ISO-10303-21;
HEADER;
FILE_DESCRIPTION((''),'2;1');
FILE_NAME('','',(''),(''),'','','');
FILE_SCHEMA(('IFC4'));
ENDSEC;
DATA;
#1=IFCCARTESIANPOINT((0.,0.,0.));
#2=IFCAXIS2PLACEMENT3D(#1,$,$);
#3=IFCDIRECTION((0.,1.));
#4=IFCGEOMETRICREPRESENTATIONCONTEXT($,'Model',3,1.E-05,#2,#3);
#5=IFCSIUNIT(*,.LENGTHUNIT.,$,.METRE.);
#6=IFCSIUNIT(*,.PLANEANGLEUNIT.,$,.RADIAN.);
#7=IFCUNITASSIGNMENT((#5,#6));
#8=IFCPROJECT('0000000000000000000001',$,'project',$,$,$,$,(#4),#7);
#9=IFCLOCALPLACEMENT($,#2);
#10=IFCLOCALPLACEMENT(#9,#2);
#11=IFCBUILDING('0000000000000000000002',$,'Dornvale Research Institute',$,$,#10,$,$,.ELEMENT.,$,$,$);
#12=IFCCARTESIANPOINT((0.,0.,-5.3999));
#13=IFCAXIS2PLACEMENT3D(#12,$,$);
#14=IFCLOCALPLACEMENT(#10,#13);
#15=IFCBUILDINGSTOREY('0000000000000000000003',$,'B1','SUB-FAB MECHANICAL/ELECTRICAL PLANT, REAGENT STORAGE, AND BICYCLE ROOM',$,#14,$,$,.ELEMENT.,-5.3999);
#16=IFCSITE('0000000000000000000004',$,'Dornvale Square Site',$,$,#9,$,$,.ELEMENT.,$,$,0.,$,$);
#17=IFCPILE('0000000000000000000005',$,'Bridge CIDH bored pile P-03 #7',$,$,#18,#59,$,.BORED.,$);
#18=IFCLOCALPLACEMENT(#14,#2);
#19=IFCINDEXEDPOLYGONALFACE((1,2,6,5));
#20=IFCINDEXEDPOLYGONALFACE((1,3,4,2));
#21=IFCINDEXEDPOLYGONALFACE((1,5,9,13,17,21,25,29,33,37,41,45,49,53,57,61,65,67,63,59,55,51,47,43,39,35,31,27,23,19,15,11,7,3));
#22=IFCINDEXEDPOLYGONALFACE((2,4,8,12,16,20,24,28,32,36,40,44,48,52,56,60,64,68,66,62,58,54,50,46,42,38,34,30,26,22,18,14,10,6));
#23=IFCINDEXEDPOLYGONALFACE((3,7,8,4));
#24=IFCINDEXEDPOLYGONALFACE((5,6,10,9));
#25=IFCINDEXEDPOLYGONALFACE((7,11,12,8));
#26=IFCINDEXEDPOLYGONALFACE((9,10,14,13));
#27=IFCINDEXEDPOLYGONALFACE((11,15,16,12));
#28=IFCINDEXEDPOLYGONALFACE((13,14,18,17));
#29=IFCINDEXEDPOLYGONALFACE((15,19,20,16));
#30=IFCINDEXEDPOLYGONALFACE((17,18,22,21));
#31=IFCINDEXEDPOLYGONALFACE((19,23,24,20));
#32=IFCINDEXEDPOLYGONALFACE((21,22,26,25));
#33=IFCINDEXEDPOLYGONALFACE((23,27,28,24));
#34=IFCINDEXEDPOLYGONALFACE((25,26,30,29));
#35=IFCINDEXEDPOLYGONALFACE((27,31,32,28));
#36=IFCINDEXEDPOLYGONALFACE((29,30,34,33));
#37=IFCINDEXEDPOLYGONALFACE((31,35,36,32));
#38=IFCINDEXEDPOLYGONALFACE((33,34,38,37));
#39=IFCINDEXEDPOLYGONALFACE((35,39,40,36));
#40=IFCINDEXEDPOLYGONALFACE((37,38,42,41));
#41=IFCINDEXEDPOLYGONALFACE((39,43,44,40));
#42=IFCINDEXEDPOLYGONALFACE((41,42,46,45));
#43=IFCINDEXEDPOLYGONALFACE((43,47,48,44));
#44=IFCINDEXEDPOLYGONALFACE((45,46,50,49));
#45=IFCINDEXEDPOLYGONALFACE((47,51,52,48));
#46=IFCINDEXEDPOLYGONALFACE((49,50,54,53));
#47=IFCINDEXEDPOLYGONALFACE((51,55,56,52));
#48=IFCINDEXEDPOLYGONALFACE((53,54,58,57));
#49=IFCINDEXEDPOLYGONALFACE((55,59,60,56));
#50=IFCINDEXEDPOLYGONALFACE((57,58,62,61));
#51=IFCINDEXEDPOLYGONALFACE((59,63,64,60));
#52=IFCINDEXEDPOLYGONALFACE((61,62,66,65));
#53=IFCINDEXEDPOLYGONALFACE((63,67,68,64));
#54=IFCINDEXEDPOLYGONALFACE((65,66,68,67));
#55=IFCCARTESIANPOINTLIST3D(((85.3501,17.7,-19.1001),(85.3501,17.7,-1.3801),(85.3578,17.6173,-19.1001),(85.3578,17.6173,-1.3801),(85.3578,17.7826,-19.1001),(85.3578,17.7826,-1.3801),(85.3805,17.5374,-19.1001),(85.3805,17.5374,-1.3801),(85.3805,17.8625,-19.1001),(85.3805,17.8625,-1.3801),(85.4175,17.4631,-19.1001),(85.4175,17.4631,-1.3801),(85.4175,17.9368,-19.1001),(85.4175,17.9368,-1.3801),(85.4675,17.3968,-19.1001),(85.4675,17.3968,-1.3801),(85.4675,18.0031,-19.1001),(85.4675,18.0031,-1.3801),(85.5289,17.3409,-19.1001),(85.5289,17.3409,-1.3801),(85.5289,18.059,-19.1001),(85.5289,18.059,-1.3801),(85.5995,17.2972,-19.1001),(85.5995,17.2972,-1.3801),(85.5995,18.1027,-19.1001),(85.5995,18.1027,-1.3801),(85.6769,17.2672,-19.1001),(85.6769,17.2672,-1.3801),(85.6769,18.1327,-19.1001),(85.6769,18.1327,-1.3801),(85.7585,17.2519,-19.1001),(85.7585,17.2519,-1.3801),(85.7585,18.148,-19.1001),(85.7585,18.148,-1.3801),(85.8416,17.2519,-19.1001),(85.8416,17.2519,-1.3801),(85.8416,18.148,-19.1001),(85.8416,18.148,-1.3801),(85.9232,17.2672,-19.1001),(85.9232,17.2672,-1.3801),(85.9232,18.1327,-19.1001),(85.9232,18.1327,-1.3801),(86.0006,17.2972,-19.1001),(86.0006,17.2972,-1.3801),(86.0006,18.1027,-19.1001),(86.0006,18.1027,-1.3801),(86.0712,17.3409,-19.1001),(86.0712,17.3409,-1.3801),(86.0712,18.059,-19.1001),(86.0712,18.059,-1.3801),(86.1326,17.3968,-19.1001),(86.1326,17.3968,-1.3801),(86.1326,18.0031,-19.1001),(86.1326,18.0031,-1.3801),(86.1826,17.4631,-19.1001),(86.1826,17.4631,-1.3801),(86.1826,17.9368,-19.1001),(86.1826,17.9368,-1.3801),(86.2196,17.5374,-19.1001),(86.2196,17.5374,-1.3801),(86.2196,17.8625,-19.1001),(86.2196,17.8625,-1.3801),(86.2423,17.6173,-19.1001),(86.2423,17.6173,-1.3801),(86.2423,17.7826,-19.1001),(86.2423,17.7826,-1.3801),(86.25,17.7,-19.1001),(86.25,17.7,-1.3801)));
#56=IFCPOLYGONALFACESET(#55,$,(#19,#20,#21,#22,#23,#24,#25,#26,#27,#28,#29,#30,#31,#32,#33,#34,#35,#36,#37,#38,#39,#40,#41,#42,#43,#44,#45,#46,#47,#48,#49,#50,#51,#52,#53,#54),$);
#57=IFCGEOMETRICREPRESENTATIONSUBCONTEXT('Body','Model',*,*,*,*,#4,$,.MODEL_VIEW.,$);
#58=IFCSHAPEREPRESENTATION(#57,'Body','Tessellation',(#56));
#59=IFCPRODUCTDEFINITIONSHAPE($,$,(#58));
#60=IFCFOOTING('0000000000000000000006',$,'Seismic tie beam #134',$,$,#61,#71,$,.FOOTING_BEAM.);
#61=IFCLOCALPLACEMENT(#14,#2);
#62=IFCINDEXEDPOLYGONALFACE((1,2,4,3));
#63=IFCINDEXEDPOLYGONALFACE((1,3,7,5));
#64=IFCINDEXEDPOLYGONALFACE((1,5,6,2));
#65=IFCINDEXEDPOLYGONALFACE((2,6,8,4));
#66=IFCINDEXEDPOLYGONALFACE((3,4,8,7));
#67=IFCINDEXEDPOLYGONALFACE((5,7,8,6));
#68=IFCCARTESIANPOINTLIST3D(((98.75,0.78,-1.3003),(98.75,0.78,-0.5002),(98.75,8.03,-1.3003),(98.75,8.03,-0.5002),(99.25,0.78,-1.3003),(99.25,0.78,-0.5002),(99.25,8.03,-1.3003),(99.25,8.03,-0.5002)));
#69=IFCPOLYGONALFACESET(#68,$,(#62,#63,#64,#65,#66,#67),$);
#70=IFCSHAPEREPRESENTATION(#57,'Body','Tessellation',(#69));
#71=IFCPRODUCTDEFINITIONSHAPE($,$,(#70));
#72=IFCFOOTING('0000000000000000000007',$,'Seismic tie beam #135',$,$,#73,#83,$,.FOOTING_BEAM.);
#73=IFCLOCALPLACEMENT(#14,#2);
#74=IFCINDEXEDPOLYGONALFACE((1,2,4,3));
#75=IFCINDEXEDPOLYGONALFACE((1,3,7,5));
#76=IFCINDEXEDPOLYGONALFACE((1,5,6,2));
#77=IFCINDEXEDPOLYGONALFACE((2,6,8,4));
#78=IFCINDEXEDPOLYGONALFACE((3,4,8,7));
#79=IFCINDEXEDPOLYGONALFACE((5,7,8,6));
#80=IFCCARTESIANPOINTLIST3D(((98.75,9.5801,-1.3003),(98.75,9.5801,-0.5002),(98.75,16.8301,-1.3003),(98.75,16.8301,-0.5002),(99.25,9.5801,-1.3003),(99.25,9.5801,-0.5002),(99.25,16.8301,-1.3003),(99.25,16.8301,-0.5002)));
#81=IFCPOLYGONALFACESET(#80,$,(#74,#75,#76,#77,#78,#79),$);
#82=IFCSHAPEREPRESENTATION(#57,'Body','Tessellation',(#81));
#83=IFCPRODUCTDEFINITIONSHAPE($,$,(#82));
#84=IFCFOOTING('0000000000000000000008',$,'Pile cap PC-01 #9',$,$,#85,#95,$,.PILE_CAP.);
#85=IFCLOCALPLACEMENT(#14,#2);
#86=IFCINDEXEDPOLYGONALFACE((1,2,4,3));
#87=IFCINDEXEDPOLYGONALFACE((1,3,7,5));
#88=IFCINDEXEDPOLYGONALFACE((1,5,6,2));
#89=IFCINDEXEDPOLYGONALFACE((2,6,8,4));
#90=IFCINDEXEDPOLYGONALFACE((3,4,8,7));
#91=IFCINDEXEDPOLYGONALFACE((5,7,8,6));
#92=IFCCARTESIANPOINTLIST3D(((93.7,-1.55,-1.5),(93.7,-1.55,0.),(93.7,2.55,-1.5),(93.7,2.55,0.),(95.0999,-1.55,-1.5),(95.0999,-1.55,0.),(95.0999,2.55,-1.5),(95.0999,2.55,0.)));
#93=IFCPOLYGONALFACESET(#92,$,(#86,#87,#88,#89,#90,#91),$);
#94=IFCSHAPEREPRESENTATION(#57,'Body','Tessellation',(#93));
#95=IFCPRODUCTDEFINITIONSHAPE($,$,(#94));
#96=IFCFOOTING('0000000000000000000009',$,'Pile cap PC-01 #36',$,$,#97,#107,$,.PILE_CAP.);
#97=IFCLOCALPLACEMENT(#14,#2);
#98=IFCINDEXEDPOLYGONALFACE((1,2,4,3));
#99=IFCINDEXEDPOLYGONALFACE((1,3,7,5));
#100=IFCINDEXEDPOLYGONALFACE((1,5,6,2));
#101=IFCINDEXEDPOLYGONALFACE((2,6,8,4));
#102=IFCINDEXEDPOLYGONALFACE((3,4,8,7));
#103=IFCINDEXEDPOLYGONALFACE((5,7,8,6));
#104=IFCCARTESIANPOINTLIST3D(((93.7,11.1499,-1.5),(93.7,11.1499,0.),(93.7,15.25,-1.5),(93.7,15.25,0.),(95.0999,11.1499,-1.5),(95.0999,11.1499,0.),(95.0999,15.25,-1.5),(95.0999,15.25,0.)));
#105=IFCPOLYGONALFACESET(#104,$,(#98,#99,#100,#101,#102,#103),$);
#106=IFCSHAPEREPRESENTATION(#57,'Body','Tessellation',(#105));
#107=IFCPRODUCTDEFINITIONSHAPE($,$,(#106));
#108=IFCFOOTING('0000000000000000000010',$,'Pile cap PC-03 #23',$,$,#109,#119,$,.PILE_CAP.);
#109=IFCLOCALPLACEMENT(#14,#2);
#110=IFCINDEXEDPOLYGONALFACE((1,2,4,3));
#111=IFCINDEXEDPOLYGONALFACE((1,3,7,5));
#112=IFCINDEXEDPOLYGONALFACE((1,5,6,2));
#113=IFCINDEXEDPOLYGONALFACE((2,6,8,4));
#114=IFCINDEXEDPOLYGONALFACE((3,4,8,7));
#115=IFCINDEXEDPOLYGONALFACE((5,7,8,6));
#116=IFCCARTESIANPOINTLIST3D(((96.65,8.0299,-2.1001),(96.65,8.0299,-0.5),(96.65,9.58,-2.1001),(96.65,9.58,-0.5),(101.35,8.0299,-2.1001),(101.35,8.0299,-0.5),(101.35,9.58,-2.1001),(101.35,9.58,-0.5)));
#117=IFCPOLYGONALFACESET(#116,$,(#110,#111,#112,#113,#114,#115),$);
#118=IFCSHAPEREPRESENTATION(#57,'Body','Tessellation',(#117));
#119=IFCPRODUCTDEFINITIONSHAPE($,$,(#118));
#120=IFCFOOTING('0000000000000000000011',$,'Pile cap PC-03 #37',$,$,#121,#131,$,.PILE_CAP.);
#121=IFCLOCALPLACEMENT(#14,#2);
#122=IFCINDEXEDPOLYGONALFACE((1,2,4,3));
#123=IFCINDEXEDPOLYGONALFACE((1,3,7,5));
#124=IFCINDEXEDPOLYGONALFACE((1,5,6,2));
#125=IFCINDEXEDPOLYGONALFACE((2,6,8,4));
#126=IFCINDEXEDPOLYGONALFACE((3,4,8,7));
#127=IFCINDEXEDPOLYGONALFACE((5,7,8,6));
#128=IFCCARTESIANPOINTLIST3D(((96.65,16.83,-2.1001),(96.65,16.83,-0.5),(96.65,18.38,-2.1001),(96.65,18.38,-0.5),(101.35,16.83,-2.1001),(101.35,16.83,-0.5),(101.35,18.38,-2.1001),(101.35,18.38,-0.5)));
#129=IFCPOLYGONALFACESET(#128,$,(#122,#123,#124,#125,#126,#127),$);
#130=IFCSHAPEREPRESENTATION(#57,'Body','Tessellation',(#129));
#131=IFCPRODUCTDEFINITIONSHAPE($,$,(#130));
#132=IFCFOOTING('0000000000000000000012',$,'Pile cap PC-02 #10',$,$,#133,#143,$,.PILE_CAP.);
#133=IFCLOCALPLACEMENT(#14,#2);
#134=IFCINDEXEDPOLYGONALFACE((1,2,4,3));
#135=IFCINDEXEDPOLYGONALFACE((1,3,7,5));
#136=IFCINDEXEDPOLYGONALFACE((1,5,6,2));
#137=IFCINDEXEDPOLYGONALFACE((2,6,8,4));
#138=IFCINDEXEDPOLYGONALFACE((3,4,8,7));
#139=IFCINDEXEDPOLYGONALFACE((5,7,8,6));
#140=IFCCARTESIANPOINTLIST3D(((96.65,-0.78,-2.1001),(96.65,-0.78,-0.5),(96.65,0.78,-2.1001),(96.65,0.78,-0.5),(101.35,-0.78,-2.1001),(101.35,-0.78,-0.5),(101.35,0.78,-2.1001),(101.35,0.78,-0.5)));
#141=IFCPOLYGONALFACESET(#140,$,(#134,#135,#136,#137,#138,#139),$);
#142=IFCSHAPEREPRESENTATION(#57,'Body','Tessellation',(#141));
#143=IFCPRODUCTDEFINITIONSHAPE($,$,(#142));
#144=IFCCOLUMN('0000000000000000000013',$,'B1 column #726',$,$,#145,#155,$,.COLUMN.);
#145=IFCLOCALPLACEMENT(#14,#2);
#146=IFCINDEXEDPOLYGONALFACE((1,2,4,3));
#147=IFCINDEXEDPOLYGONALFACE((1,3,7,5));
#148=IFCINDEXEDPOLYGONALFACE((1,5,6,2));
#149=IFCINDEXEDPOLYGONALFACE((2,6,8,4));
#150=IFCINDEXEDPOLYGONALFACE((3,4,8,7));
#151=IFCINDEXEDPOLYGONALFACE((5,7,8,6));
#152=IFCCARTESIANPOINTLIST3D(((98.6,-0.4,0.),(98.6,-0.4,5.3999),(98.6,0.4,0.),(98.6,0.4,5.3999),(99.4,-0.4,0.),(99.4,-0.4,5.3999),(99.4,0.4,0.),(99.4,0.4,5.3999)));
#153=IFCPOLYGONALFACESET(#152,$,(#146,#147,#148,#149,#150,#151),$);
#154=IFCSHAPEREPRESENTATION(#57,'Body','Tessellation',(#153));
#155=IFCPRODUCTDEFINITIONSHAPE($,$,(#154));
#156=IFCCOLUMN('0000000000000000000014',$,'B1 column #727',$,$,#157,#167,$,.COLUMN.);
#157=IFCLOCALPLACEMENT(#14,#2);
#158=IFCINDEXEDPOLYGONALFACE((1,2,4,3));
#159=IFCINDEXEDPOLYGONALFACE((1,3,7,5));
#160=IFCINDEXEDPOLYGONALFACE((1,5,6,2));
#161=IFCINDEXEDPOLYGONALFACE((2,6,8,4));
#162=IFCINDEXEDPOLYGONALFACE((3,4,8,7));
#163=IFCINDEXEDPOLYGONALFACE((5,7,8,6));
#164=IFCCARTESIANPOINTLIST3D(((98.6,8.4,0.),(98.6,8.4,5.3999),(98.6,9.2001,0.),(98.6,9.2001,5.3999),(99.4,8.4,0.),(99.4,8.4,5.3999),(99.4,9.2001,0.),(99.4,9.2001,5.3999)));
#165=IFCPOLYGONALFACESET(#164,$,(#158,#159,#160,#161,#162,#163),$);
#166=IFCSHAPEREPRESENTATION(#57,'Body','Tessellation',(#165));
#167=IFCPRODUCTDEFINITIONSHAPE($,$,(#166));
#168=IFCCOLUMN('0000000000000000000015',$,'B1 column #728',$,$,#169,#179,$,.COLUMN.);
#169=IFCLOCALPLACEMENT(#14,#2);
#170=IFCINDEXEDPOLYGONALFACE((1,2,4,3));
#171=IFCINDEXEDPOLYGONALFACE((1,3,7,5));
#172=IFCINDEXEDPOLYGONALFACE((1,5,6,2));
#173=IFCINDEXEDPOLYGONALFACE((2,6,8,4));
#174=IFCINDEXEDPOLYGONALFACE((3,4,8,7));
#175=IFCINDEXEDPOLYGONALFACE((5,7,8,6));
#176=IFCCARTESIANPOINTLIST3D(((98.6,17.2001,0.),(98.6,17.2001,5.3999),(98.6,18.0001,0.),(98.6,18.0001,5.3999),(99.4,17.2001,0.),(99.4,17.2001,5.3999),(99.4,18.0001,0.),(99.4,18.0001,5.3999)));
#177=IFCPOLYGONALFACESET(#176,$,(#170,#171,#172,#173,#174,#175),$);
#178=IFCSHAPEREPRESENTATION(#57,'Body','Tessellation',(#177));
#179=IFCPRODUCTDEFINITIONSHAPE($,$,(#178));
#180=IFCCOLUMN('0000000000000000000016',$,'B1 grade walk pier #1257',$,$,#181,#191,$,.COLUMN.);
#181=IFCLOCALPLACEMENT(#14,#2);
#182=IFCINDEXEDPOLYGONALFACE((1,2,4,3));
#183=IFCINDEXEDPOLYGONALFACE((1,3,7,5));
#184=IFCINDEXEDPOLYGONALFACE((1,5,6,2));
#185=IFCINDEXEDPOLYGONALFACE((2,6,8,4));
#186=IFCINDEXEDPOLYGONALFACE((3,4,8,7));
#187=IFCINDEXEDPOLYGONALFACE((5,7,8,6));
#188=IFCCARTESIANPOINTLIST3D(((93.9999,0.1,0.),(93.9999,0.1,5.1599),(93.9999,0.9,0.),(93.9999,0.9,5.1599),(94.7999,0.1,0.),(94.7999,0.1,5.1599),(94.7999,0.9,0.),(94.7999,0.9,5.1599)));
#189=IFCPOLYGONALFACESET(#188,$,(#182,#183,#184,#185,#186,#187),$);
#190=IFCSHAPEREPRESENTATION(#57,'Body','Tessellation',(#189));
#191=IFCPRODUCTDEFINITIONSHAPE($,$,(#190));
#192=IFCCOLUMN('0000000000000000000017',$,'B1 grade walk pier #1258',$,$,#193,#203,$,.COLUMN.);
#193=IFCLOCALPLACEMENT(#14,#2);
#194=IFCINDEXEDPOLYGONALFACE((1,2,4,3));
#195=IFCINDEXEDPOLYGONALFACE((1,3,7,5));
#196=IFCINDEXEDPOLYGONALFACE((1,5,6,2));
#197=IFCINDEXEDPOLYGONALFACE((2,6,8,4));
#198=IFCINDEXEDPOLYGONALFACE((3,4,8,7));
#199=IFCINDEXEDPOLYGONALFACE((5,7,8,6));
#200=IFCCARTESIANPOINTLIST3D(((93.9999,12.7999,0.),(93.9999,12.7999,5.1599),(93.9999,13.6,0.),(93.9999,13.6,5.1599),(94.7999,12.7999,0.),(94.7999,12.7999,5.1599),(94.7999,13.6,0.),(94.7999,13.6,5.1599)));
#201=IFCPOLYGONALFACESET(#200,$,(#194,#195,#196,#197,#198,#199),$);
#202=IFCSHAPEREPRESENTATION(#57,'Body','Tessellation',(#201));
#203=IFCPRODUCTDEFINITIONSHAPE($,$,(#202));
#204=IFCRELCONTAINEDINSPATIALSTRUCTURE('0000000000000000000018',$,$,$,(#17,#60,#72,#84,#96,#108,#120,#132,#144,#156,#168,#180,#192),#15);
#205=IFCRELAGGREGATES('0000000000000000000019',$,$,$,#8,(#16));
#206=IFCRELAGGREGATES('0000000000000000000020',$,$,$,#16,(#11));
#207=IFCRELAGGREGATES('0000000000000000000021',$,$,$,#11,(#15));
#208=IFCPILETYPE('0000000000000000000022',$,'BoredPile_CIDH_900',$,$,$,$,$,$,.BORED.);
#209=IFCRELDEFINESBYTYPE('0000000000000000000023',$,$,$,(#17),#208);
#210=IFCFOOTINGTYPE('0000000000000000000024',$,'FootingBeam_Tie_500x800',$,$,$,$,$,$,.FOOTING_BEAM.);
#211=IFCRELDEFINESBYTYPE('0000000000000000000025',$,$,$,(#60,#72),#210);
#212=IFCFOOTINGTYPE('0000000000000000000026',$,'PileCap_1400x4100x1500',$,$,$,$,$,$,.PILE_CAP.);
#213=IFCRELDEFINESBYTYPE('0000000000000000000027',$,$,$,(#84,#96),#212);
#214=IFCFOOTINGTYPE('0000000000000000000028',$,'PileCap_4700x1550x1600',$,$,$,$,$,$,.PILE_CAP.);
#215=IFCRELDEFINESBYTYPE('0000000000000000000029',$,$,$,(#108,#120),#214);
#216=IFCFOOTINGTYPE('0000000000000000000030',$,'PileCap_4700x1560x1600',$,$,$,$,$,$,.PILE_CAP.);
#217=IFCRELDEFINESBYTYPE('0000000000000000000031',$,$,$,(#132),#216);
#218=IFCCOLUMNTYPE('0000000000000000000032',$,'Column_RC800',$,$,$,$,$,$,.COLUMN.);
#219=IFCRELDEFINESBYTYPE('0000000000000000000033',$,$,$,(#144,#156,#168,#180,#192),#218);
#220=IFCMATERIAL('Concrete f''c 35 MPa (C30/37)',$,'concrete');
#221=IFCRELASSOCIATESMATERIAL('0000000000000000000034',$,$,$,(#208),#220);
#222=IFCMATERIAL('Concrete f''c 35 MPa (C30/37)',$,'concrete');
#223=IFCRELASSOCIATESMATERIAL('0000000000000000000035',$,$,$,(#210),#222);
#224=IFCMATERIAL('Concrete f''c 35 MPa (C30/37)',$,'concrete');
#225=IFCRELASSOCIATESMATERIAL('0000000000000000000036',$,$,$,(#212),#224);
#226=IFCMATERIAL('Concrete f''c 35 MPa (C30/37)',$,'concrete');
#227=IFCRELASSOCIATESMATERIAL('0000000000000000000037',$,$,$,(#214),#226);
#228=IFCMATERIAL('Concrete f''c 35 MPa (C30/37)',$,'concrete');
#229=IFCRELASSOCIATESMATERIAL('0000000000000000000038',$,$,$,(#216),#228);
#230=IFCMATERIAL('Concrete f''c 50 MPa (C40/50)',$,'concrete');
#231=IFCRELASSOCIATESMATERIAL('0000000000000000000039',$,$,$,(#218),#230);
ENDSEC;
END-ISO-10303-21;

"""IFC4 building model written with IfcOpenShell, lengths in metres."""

from ifc_helpers import new_model, si_unit, direction, frame, origin, origin_2d, place, context, subcontext, project, spatial, rectangle, circle, extrude, material, material_profile, profile_set, type_object, element, save


model = new_model("IFC4")

# Units and contexts
model_context = context("Model", 3, precision=1e-05, world=origin(), true_north=direction((0.0, 1.0)))
body_context = subcontext(model_context, "Body", "Model", "MODEL_VIEW")
ifc_project = project(units=[si_unit("LENGTHUNIT", "METRE"), si_unit("PLANEANGLEUNIT", "RADIAN")], contexts=[model_context])

# Site, building, storey
site_placement = place(None, origin())
site = spatial("IfcSite", under=ifc_project, at=site_placement, Name="Dornvale Square Site", CompositionType="ELEMENT", RefElevation=0.0)
building_placement = place(site_placement, origin())
building = spatial("IfcBuilding", under=site, at=building_placement, Name="Dornvale Research Institute", CompositionType="ELEMENT")
storey_placement = place(building_placement, frame((0.0, 0.0, -5.3999)))
storey = spatial("IfcBuildingStorey", under=building, at=storey_placement, Name="B1", Description="SUB-FAB MECHANICAL/ELECTRICAL PLANT, REAGENT STORAGE, AND BICYCLE ROOM", CompositionType="ELEMENT", Elevation=-5.3999)

# Pile
ifc_material_1 = material(Name="Concrete f'c 35 MPa (C30/37)", Category="concrete")
ifc_material_profile_1 = material_profile(ifc_material_1, circle(Radius=0.45, at=origin_2d()), Name="CIDH PILE D900")
ifc_profile_set_1 = profile_set([ifc_material_profile_1], Name="Concrete f'c 35 MPa (C30/37)")
pile_type_1 = type_object("IfcPileType", Name="BoredPile_CIDH_900", PredefinedType="BORED", material=ifc_profile_set_1)
for number, where, z_axis, x_axis, name in (
    (1, (85.8, 17.7, -1.3801), (0.0, 0.0, -1.0), (1.0, 0.0, 0.0), "Bridge CIDH bored pile P-03 #7"),
):
    element("IfcPile", number, at=place(storey_placement, frame(where, z_axis=z_axis, x_axis=x_axis)), inside=storey, type_object=pile_type_1, Name=name, PredefinedType="BORED", context=body_context, shape_type="SweptSolid", body=[
        extrude(circle(Radius=0.45, at=origin_2d()), origin(), (0.0, 0.0, 1.0), 17.72),
    ])

# Footings
ifc_material_2 = material(Name="Concrete f'c 35 MPa (C30/37)", Category="concrete")
footing_type_1 = type_object("IfcFootingType", Name="FootingBeam_Tie_500x800", PredefinedType="FOOTING_BEAM", material=ifc_material_2)
for number, where, z_axis, x_axis, name in (
    (2, (99.0, 4.405, -1.3003), (0.0, 0.0, 1.0), (0.0, 1.0, 0.0), "Seismic tie beam #134"),
    (3, (99.0, 13.2051, -1.3003), (0.0, 0.0, 1.0), (0.0, 1.0, 0.0), "Seismic tie beam #135"),
):
    element("IfcFooting", number, at=place(storey_placement, frame(where, z_axis=z_axis, x_axis=x_axis)), inside=storey, type_object=footing_type_1, Name=name, PredefinedType="FOOTING_BEAM", context=body_context, shape_type="SweptSolid", body=[
        extrude(rectangle(XDim=7.25, YDim=0.5, at=origin_2d()), origin(), (0.0, 0.0, 1.0), 0.8),
    ])
ifc_material_3 = material(Name="Concrete f'c 35 MPa (C30/37)", Category="concrete")
footing_type_2 = type_object("IfcFootingType", Name="PileCap_1400x4100x1500", PredefinedType="PILE_CAP", material=ifc_material_3)
for number, where, z_axis, x_axis, name in (
    (4, (94.3999, 0.5, -1.5), (0.0, 0.0, 1.0), (1.0, 0.0, 0.0), "Pile cap PC-01 #9"),
    (5, (94.3999, 13.2, -1.5), (0.0, 0.0, 1.0), (1.0, 0.0, 0.0), "Pile cap PC-01 #36"),
):
    element("IfcFooting", number, at=place(storey_placement, frame(where, z_axis=z_axis, x_axis=x_axis)), inside=storey, type_object=footing_type_2, Name=name, PredefinedType="PILE_CAP", context=body_context, shape_type="SweptSolid", body=[
        extrude(rectangle(XDim=1.3999, YDim=4.1001, at=origin_2d()), origin(), (0.0, 0.0, 1.0), 1.5),
    ])
ifc_material_4 = material(Name="Concrete f'c 35 MPa (C30/37)", Category="concrete")
footing_type_3 = type_object("IfcFootingType", Name="PileCap_4700x1550x1600", PredefinedType="PILE_CAP", material=ifc_material_4)
for number, where, z_axis, x_axis, name in (
    (6, (99.0, 8.8049, -2.1001), (0.0, 0.0, 1.0), (1.0, 0.0, 0.0), "Pile cap PC-03 #23"),
    (7, (99.0, 17.605, -2.1001), (0.0, 0.0, 1.0), (1.0, 0.0, 0.0), "Pile cap PC-03 #37"),
):
    element("IfcFooting", number, at=place(storey_placement, frame(where, z_axis=z_axis, x_axis=x_axis)), inside=storey, type_object=footing_type_3, Name=name, PredefinedType="PILE_CAP", context=body_context, shape_type="SweptSolid", body=[
        extrude(rectangle(XDim=4.7, YDim=1.55, at=origin_2d()), origin(), (0.0, 0.0, 1.0), 1.6001),
    ])
ifc_material_5 = material(Name="Concrete f'c 35 MPa (C30/37)", Category="concrete")
footing_type_4 = type_object("IfcFootingType", Name="PileCap_4700x1560x1600", PredefinedType="PILE_CAP", material=ifc_material_5)
footing_placement = place(storey_placement, frame((99.0, 0.0, -2.1001), z_axis=(0.0, 0.0, 1.0), x_axis=(1.0, 0.0, 0.0)))
element("IfcFooting", 8, at=footing_placement, inside=storey, type_object=footing_type_4, Name="Pile cap PC-02 #10", PredefinedType="PILE_CAP", context=body_context, shape_type="SweptSolid", body=[
    extrude(rectangle(XDim=4.7, YDim=1.5601, at=origin_2d()), origin(), (0.0, 0.0, 1.0), 1.6001),
])

# Columns
ifc_material_6 = material(Name="Concrete f'c 50 MPa (C40/50)", Category="concrete")
ifc_material_profile_2 = material_profile(ifc_material_6, rectangle(XDim=0.8, YDim=0.8, at=origin_2d()), Name="RC 800x800")
ifc_profile_set_2 = profile_set([ifc_material_profile_2], Name="Concrete f'c 50 MPa (C40/50)")
column_type = type_object("IfcColumnType", Name="Column_RC800", PredefinedType="COLUMN", material=ifc_profile_set_2)
for number, where, z_axis, x_axis, name in (
    (9, (99.0, 0.0, 0.0), (0.0, 0.0, 1.0), (1.0, 0.0, 0.0), "B1 column #726"),
    (10, (99.0, 8.8, 0.0), (0.0, 0.0, 1.0), (1.0, 0.0, 0.0), "B1 column #727"),
    (11, (99.0, 17.6001, 0.0), (0.0, 0.0, 1.0), (1.0, 0.0, 0.0), "B1 column #728"),
):
    element("IfcColumn", number, at=place(storey_placement, frame(where, z_axis=z_axis, x_axis=x_axis)), inside=storey, type_object=column_type, Name=name, PredefinedType="COLUMN", context=body_context, shape_type="SweptSolid", body=[
        extrude(rectangle(XDim=0.8, YDim=0.8, at=origin_2d()), origin(), (0.0, 0.0, 1.0), 5.3999),
    ])
for number, where, z_axis, x_axis, name in (
    (12, (94.3999, 0.5, 0.0), (0.0, 0.0, 1.0), (1.0, 0.0, 0.0), "B1 grade walk pier #1257"),
    (13, (94.3999, 13.2, 0.0), (0.0, 0.0, 1.0), (1.0, 0.0, 0.0), "B1 grade walk pier #1258"),
):
    element("IfcColumn", number, at=place(storey_placement, frame(where, z_axis=z_axis, x_axis=x_axis)), inside=storey, type_object=column_type, Name=name, PredefinedType="COLUMN", context=body_context, shape_type="SweptSolid", body=[
        extrude(rectangle(XDim=0.8, YDim=0.8, at=origin_2d()), origin(), (0.0, 0.0, 1.0), 5.1599),
    ])

save(model, "model.ifc")
